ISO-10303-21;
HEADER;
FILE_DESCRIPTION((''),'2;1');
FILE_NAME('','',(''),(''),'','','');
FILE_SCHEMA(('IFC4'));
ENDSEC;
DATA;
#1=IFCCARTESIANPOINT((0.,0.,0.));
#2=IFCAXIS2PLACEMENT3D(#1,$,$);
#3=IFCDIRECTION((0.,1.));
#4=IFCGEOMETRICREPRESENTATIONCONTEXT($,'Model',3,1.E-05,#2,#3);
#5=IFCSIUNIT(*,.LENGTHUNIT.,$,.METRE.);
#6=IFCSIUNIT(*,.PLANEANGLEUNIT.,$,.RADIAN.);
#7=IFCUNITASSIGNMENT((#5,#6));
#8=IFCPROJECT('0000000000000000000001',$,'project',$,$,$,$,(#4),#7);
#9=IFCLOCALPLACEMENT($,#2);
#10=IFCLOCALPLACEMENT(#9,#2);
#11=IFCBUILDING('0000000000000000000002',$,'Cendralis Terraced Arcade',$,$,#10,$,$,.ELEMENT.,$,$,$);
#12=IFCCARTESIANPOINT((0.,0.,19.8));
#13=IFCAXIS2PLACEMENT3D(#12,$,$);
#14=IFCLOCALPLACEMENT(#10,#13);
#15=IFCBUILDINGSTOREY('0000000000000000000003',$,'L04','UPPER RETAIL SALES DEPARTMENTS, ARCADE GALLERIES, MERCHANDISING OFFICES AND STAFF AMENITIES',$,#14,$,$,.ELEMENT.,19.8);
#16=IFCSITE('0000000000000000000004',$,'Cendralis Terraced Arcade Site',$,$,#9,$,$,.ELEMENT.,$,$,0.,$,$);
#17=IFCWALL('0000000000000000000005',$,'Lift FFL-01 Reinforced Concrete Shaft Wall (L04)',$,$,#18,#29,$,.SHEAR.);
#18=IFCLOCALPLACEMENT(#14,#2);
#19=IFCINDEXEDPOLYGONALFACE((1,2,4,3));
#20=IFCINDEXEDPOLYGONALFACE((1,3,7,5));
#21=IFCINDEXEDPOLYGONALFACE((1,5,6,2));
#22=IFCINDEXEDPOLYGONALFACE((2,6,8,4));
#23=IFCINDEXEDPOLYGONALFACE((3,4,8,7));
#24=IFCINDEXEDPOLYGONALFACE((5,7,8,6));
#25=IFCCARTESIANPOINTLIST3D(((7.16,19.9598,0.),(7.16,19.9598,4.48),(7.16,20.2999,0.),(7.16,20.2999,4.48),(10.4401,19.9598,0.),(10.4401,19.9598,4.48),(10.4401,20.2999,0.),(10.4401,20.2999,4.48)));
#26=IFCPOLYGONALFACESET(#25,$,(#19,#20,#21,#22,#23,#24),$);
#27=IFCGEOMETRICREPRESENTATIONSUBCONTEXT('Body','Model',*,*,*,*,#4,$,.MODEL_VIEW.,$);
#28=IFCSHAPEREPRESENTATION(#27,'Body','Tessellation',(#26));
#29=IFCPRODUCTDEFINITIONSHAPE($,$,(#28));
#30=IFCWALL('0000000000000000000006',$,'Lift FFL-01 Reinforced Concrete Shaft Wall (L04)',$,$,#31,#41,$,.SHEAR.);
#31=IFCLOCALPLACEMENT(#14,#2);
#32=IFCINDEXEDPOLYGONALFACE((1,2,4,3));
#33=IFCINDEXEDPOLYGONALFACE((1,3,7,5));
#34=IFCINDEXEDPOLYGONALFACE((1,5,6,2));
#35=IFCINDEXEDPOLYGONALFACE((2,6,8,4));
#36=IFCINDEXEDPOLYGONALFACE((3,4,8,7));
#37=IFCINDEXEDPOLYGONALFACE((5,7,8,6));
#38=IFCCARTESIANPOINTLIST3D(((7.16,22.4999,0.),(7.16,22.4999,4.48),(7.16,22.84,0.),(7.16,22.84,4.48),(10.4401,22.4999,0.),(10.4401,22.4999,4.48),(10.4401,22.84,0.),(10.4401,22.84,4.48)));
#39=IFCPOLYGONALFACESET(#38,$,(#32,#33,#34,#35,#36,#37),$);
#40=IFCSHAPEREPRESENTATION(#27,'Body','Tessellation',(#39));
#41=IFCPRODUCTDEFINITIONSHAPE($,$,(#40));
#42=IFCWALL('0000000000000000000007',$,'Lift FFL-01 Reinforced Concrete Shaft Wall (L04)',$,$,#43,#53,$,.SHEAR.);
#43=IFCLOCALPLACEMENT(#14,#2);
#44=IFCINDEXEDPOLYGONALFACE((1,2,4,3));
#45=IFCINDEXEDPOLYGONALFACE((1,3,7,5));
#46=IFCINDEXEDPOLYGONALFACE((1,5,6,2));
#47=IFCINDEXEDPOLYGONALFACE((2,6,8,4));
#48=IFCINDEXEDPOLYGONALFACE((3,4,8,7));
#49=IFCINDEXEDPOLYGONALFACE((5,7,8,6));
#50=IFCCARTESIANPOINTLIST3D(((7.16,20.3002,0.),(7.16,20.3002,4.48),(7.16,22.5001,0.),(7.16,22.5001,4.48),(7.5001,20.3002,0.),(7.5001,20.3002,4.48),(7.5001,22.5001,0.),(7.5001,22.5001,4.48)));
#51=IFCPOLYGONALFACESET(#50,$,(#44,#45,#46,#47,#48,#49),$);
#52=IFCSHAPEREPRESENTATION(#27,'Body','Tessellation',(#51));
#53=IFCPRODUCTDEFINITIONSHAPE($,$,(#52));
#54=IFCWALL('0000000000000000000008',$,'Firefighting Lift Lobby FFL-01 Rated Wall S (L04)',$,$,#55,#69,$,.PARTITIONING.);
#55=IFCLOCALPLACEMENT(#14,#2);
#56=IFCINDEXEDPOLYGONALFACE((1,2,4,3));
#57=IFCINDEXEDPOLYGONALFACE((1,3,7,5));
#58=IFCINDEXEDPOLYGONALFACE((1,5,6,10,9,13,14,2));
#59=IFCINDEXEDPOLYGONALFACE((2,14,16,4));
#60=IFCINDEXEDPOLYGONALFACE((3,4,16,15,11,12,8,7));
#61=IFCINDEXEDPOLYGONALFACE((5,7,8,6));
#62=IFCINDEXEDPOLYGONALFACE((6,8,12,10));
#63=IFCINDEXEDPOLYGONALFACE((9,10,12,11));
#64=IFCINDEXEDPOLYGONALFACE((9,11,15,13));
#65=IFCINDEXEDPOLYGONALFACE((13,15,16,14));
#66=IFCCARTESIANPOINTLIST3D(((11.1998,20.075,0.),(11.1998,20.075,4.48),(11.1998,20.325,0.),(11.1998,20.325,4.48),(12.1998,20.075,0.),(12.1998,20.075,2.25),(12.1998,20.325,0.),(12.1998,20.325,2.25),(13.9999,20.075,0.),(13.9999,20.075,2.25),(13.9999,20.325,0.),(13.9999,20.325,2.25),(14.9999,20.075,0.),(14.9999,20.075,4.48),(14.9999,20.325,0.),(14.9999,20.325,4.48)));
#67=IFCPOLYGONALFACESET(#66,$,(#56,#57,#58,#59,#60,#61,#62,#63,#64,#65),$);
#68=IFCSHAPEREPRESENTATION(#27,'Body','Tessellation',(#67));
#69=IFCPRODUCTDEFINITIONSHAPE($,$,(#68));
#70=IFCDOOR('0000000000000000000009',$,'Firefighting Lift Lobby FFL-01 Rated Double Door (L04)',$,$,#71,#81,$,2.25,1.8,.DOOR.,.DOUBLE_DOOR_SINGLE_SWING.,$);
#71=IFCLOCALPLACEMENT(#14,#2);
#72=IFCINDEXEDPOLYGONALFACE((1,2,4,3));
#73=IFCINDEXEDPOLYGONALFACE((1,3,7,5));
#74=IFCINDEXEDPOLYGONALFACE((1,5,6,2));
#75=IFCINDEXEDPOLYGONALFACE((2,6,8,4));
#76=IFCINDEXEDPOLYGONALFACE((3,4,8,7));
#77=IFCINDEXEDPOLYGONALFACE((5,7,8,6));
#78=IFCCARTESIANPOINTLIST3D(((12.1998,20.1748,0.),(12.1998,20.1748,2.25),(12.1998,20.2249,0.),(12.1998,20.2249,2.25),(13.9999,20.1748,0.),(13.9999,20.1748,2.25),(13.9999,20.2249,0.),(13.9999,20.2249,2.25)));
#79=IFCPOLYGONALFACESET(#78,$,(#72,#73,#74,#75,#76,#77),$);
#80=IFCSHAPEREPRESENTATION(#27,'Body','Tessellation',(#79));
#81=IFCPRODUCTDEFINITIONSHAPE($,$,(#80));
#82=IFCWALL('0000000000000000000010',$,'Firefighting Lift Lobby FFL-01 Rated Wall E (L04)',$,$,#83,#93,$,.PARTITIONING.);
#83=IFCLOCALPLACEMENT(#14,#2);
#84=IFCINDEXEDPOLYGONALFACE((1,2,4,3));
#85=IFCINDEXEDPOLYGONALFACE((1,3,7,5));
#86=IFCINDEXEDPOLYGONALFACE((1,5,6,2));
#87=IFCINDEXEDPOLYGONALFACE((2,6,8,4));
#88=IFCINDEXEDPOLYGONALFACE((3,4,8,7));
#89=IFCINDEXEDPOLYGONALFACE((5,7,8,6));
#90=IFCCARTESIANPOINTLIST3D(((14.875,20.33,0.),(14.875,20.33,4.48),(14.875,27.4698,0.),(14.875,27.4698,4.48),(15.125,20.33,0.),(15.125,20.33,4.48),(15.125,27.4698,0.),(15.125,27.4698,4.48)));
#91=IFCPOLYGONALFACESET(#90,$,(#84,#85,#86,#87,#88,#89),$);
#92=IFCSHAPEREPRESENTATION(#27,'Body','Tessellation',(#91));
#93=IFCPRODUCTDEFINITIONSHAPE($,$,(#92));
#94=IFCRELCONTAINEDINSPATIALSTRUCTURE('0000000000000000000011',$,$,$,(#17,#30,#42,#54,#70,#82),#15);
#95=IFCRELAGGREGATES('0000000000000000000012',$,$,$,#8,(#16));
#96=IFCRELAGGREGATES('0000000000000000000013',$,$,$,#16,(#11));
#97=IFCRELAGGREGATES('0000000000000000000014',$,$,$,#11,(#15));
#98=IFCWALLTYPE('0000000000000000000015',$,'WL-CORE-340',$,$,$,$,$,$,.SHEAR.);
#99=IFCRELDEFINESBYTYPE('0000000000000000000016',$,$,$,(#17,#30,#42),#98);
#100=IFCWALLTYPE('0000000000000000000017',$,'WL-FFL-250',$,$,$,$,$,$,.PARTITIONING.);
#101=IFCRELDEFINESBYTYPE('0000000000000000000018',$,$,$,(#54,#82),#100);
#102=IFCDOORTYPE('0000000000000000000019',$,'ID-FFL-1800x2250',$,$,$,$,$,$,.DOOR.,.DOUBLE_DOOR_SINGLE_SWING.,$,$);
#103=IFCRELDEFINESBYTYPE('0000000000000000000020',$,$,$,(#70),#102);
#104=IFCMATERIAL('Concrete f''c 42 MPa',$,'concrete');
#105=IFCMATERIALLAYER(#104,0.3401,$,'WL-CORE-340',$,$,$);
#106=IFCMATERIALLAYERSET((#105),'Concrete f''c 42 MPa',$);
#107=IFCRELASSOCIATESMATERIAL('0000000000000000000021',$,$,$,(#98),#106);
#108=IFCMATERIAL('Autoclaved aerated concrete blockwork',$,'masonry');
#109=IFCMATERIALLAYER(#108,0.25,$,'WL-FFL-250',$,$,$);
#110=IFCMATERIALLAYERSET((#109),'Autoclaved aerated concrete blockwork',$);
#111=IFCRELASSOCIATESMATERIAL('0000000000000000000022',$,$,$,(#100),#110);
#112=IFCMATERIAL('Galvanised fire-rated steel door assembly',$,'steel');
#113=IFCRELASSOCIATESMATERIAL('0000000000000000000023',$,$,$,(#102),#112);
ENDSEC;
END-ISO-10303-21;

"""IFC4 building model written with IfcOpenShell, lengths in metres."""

from ifc_helpers import new_model, si_unit, direction, frame, frame_2d, origin, place, context, subcontext, project, spatial, rectangle, extrude, material, layer, layer_set, type_object, element, fill, save


model = new_model("IFC4")

# Units and contexts
model_context = context("Model", 3, precision=1e-05, world=origin(), true_north=direction((0.0, 1.0)))
body_context = subcontext(model_context, "Body", "Model", "MODEL_VIEW")
ifc_project = project(units=[si_unit("LENGTHUNIT", "METRE"), si_unit("PLANEANGLEUNIT", "RADIAN")], contexts=[model_context])

# Site, building, storey
site_placement = place(None, origin())
site = spatial("IfcSite", under=ifc_project, at=site_placement, Name="Cendralis Terraced Arcade Site", CompositionType="ELEMENT", RefElevation=0.0)
building_placement = place(site_placement, origin())
building = spatial("IfcBuilding", under=site, at=building_placement, Name="Cendralis Terraced Arcade", CompositionType="ELEMENT")
storey_placement = place(building_placement, frame((0.0, 0.0, 19.8)))
storey = spatial("IfcBuildingStorey", under=building, at=storey_placement, Name="L04", Description="UPPER RETAIL SALES DEPARTMENTS, ARCADE GALLERIES, MERCHANDISING OFFICES AND STAFF AMENITIES", CompositionType="ELEMENT", Elevation=19.8)

# Shared definitions
ifc_material_1 = material(Name="Concrete f'c 42 MPa", Category="concrete")

# Shared definitions
ifc_layer_1 = layer(ifc_material_1, 0.3401, Name="WL-CORE-340")
ifc_layer_set_1 = layer_set([ifc_layer_1], Name="Concrete f'c 42 MPa")
wall_type_1 = type_object("IfcWallType", Name="WL-CORE-340", PredefinedType="SHEAR", material=ifc_layer_set_1)
ifc_material_2 = material(Name="Galvanised fire-rated steel door assembly", Category="steel")

# Walls
for number, where, z_axis, x_axis, name in (
    (1, (7.1599, 20.1299, 0.0), (0.0, 0.0, 1.0), (1.0, 0.0, 0.0), "Lift FFL-01 Reinforced Concrete Shaft Wall (L04)"),
    (2, (7.1599, 22.6699, 0.0), (0.0, 0.0, 1.0), (1.0, 0.0, 0.0), "Lift FFL-01 Reinforced Concrete Shaft Wall (L04)"),
):
    element("IfcWall", number, at=place(storey_placement, frame(where, z_axis=z_axis, x_axis=x_axis)), inside=storey, type_object=wall_type_1, Name=name, PredefinedType="SHEAR", context=body_context, shape_type="SweptSolid", body=[
        extrude(rectangle(XDim=3.28, YDim=0.3401, at=frame_2d((1.6401, 0.0))), origin(), (0.0, 0.0, 1.0), 4.48),
    ])
wall_1_placement = place(storey_placement, frame((7.3301, 20.3, 0.0), z_axis=(0.0, 0.0, 1.0), x_axis=(0.0, 1.0, 0.0)))
element("IfcWall", 3, at=wall_1_placement, inside=storey, type_object=wall_type_1, Name="Lift FFL-01 Reinforced Concrete Shaft Wall (L04)", PredefinedType="SHEAR", context=body_context, shape_type="SweptSolid", body=[
    extrude(rectangle(XDim=2.2, YDim=0.3401, at=frame_2d((1.1001, 0.0))), origin(), (0.0, 0.0, 1.0), 4.48),
])

# Wall, opening, door
ifc_material_3 = material(Name="Autoclaved aerated concrete blockwork", Category="masonry")
ifc_layer_2 = layer(ifc_material_3, 0.25, Name="WL-FFL-250")
ifc_layer_set_2 = layer_set([ifc_layer_2], Name="Autoclaved aerated concrete blockwork")
wall_type_2 = type_object("IfcWallType", Name="WL-FFL-250", PredefinedType="PARTITIONING", material=ifc_layer_set_2)
wall_2_placement = place(storey_placement, frame((11.2, 20.2, 0.0), z_axis=(0.0, 0.0, 1.0), x_axis=(1.0, 0.0, 0.0)))
wall_2 = element("IfcWall", 4, at=wall_2_placement, inside=storey, type_object=wall_type_2, Name="Firefighting Lift Lobby FFL-01 Rated Wall S (L04)", PredefinedType="PARTITIONING", context=body_context, shape_type="SweptSolid", body=[
    extrude(rectangle(XDim=3.8, YDim=0.25, at=frame_2d((1.8999, 0.0))), origin(), (0.0, 0.0, 1.0), 4.48),
])
opening_1_placement = place(wall_2_placement, frame((1.0, 0.0, 0.0)))
opening_1 = element("IfcOpeningElement", 5, at=opening_1_placement, cuts=wall_2, PredefinedType="OPENING", context=body_context, shape_type="SweptSolid", body=[
    extrude(rectangle(XDim=1.8, YDim=2.25, at=frame_2d((0.8999, 1.125))), frame((0.0, 0.137, 0.0), z_axis=(0.0, -1.0, 0.0), x_axis=(1.0, 0.0, 0.0)), (0.0, 0.0, 1.0), 0.2739),
])
door_type_1 = type_object("IfcDoorType", Name="ID-FFL-1800x2250", OperationType="DOUBLE_DOOR_SINGLE_SWING", PredefinedType="DOOR", material=ifc_material_2)
door_1_placement = place(opening_1_placement, origin())
door_1 = element("IfcDoor", 6, at=door_1_placement, inside=storey, type_object=door_type_1, Name="Firefighting Lift Lobby FFL-01 Rated Double Door (L04)", OperationType="DOUBLE_DOOR_SINGLE_SWING", OverallHeight=2.25, OverallWidth=1.8, PredefinedType="DOOR", context=body_context, shape_type="SweptSolid", body=[
    extrude(rectangle(XDim=1.8, YDim=2.25, at=frame_2d((0.8999, 1.125))), frame((0.0, 0.0249, 0.0), z_axis=(0.0, -1.0, 0.0), x_axis=(1.0, 0.0, 0.0)), (0.0, 0.0, 1.0), 0.05),
])
fill(opening_1, door_1)

# Wall
wall_3_placement = place(storey_placement, frame((15.0, 20.3301, 0.0), z_axis=(0.0, 0.0, 1.0), x_axis=(0.0, 1.0, 0.0)))
element("IfcWall", 7, at=wall_3_placement, inside=storey, type_object=wall_type_2, Name="Firefighting Lift Lobby FFL-01 Rated Wall E (L04)", PredefinedType="PARTITIONING", context=body_context, shape_type="SweptSolid", body=[
    extrude(rectangle(XDim=7.1399, YDim=0.25, at=frame_2d((3.5698, 0.0))), origin(), (0.0, 0.0, 1.0), 4.48),
])

save(model, "model.ifc")
